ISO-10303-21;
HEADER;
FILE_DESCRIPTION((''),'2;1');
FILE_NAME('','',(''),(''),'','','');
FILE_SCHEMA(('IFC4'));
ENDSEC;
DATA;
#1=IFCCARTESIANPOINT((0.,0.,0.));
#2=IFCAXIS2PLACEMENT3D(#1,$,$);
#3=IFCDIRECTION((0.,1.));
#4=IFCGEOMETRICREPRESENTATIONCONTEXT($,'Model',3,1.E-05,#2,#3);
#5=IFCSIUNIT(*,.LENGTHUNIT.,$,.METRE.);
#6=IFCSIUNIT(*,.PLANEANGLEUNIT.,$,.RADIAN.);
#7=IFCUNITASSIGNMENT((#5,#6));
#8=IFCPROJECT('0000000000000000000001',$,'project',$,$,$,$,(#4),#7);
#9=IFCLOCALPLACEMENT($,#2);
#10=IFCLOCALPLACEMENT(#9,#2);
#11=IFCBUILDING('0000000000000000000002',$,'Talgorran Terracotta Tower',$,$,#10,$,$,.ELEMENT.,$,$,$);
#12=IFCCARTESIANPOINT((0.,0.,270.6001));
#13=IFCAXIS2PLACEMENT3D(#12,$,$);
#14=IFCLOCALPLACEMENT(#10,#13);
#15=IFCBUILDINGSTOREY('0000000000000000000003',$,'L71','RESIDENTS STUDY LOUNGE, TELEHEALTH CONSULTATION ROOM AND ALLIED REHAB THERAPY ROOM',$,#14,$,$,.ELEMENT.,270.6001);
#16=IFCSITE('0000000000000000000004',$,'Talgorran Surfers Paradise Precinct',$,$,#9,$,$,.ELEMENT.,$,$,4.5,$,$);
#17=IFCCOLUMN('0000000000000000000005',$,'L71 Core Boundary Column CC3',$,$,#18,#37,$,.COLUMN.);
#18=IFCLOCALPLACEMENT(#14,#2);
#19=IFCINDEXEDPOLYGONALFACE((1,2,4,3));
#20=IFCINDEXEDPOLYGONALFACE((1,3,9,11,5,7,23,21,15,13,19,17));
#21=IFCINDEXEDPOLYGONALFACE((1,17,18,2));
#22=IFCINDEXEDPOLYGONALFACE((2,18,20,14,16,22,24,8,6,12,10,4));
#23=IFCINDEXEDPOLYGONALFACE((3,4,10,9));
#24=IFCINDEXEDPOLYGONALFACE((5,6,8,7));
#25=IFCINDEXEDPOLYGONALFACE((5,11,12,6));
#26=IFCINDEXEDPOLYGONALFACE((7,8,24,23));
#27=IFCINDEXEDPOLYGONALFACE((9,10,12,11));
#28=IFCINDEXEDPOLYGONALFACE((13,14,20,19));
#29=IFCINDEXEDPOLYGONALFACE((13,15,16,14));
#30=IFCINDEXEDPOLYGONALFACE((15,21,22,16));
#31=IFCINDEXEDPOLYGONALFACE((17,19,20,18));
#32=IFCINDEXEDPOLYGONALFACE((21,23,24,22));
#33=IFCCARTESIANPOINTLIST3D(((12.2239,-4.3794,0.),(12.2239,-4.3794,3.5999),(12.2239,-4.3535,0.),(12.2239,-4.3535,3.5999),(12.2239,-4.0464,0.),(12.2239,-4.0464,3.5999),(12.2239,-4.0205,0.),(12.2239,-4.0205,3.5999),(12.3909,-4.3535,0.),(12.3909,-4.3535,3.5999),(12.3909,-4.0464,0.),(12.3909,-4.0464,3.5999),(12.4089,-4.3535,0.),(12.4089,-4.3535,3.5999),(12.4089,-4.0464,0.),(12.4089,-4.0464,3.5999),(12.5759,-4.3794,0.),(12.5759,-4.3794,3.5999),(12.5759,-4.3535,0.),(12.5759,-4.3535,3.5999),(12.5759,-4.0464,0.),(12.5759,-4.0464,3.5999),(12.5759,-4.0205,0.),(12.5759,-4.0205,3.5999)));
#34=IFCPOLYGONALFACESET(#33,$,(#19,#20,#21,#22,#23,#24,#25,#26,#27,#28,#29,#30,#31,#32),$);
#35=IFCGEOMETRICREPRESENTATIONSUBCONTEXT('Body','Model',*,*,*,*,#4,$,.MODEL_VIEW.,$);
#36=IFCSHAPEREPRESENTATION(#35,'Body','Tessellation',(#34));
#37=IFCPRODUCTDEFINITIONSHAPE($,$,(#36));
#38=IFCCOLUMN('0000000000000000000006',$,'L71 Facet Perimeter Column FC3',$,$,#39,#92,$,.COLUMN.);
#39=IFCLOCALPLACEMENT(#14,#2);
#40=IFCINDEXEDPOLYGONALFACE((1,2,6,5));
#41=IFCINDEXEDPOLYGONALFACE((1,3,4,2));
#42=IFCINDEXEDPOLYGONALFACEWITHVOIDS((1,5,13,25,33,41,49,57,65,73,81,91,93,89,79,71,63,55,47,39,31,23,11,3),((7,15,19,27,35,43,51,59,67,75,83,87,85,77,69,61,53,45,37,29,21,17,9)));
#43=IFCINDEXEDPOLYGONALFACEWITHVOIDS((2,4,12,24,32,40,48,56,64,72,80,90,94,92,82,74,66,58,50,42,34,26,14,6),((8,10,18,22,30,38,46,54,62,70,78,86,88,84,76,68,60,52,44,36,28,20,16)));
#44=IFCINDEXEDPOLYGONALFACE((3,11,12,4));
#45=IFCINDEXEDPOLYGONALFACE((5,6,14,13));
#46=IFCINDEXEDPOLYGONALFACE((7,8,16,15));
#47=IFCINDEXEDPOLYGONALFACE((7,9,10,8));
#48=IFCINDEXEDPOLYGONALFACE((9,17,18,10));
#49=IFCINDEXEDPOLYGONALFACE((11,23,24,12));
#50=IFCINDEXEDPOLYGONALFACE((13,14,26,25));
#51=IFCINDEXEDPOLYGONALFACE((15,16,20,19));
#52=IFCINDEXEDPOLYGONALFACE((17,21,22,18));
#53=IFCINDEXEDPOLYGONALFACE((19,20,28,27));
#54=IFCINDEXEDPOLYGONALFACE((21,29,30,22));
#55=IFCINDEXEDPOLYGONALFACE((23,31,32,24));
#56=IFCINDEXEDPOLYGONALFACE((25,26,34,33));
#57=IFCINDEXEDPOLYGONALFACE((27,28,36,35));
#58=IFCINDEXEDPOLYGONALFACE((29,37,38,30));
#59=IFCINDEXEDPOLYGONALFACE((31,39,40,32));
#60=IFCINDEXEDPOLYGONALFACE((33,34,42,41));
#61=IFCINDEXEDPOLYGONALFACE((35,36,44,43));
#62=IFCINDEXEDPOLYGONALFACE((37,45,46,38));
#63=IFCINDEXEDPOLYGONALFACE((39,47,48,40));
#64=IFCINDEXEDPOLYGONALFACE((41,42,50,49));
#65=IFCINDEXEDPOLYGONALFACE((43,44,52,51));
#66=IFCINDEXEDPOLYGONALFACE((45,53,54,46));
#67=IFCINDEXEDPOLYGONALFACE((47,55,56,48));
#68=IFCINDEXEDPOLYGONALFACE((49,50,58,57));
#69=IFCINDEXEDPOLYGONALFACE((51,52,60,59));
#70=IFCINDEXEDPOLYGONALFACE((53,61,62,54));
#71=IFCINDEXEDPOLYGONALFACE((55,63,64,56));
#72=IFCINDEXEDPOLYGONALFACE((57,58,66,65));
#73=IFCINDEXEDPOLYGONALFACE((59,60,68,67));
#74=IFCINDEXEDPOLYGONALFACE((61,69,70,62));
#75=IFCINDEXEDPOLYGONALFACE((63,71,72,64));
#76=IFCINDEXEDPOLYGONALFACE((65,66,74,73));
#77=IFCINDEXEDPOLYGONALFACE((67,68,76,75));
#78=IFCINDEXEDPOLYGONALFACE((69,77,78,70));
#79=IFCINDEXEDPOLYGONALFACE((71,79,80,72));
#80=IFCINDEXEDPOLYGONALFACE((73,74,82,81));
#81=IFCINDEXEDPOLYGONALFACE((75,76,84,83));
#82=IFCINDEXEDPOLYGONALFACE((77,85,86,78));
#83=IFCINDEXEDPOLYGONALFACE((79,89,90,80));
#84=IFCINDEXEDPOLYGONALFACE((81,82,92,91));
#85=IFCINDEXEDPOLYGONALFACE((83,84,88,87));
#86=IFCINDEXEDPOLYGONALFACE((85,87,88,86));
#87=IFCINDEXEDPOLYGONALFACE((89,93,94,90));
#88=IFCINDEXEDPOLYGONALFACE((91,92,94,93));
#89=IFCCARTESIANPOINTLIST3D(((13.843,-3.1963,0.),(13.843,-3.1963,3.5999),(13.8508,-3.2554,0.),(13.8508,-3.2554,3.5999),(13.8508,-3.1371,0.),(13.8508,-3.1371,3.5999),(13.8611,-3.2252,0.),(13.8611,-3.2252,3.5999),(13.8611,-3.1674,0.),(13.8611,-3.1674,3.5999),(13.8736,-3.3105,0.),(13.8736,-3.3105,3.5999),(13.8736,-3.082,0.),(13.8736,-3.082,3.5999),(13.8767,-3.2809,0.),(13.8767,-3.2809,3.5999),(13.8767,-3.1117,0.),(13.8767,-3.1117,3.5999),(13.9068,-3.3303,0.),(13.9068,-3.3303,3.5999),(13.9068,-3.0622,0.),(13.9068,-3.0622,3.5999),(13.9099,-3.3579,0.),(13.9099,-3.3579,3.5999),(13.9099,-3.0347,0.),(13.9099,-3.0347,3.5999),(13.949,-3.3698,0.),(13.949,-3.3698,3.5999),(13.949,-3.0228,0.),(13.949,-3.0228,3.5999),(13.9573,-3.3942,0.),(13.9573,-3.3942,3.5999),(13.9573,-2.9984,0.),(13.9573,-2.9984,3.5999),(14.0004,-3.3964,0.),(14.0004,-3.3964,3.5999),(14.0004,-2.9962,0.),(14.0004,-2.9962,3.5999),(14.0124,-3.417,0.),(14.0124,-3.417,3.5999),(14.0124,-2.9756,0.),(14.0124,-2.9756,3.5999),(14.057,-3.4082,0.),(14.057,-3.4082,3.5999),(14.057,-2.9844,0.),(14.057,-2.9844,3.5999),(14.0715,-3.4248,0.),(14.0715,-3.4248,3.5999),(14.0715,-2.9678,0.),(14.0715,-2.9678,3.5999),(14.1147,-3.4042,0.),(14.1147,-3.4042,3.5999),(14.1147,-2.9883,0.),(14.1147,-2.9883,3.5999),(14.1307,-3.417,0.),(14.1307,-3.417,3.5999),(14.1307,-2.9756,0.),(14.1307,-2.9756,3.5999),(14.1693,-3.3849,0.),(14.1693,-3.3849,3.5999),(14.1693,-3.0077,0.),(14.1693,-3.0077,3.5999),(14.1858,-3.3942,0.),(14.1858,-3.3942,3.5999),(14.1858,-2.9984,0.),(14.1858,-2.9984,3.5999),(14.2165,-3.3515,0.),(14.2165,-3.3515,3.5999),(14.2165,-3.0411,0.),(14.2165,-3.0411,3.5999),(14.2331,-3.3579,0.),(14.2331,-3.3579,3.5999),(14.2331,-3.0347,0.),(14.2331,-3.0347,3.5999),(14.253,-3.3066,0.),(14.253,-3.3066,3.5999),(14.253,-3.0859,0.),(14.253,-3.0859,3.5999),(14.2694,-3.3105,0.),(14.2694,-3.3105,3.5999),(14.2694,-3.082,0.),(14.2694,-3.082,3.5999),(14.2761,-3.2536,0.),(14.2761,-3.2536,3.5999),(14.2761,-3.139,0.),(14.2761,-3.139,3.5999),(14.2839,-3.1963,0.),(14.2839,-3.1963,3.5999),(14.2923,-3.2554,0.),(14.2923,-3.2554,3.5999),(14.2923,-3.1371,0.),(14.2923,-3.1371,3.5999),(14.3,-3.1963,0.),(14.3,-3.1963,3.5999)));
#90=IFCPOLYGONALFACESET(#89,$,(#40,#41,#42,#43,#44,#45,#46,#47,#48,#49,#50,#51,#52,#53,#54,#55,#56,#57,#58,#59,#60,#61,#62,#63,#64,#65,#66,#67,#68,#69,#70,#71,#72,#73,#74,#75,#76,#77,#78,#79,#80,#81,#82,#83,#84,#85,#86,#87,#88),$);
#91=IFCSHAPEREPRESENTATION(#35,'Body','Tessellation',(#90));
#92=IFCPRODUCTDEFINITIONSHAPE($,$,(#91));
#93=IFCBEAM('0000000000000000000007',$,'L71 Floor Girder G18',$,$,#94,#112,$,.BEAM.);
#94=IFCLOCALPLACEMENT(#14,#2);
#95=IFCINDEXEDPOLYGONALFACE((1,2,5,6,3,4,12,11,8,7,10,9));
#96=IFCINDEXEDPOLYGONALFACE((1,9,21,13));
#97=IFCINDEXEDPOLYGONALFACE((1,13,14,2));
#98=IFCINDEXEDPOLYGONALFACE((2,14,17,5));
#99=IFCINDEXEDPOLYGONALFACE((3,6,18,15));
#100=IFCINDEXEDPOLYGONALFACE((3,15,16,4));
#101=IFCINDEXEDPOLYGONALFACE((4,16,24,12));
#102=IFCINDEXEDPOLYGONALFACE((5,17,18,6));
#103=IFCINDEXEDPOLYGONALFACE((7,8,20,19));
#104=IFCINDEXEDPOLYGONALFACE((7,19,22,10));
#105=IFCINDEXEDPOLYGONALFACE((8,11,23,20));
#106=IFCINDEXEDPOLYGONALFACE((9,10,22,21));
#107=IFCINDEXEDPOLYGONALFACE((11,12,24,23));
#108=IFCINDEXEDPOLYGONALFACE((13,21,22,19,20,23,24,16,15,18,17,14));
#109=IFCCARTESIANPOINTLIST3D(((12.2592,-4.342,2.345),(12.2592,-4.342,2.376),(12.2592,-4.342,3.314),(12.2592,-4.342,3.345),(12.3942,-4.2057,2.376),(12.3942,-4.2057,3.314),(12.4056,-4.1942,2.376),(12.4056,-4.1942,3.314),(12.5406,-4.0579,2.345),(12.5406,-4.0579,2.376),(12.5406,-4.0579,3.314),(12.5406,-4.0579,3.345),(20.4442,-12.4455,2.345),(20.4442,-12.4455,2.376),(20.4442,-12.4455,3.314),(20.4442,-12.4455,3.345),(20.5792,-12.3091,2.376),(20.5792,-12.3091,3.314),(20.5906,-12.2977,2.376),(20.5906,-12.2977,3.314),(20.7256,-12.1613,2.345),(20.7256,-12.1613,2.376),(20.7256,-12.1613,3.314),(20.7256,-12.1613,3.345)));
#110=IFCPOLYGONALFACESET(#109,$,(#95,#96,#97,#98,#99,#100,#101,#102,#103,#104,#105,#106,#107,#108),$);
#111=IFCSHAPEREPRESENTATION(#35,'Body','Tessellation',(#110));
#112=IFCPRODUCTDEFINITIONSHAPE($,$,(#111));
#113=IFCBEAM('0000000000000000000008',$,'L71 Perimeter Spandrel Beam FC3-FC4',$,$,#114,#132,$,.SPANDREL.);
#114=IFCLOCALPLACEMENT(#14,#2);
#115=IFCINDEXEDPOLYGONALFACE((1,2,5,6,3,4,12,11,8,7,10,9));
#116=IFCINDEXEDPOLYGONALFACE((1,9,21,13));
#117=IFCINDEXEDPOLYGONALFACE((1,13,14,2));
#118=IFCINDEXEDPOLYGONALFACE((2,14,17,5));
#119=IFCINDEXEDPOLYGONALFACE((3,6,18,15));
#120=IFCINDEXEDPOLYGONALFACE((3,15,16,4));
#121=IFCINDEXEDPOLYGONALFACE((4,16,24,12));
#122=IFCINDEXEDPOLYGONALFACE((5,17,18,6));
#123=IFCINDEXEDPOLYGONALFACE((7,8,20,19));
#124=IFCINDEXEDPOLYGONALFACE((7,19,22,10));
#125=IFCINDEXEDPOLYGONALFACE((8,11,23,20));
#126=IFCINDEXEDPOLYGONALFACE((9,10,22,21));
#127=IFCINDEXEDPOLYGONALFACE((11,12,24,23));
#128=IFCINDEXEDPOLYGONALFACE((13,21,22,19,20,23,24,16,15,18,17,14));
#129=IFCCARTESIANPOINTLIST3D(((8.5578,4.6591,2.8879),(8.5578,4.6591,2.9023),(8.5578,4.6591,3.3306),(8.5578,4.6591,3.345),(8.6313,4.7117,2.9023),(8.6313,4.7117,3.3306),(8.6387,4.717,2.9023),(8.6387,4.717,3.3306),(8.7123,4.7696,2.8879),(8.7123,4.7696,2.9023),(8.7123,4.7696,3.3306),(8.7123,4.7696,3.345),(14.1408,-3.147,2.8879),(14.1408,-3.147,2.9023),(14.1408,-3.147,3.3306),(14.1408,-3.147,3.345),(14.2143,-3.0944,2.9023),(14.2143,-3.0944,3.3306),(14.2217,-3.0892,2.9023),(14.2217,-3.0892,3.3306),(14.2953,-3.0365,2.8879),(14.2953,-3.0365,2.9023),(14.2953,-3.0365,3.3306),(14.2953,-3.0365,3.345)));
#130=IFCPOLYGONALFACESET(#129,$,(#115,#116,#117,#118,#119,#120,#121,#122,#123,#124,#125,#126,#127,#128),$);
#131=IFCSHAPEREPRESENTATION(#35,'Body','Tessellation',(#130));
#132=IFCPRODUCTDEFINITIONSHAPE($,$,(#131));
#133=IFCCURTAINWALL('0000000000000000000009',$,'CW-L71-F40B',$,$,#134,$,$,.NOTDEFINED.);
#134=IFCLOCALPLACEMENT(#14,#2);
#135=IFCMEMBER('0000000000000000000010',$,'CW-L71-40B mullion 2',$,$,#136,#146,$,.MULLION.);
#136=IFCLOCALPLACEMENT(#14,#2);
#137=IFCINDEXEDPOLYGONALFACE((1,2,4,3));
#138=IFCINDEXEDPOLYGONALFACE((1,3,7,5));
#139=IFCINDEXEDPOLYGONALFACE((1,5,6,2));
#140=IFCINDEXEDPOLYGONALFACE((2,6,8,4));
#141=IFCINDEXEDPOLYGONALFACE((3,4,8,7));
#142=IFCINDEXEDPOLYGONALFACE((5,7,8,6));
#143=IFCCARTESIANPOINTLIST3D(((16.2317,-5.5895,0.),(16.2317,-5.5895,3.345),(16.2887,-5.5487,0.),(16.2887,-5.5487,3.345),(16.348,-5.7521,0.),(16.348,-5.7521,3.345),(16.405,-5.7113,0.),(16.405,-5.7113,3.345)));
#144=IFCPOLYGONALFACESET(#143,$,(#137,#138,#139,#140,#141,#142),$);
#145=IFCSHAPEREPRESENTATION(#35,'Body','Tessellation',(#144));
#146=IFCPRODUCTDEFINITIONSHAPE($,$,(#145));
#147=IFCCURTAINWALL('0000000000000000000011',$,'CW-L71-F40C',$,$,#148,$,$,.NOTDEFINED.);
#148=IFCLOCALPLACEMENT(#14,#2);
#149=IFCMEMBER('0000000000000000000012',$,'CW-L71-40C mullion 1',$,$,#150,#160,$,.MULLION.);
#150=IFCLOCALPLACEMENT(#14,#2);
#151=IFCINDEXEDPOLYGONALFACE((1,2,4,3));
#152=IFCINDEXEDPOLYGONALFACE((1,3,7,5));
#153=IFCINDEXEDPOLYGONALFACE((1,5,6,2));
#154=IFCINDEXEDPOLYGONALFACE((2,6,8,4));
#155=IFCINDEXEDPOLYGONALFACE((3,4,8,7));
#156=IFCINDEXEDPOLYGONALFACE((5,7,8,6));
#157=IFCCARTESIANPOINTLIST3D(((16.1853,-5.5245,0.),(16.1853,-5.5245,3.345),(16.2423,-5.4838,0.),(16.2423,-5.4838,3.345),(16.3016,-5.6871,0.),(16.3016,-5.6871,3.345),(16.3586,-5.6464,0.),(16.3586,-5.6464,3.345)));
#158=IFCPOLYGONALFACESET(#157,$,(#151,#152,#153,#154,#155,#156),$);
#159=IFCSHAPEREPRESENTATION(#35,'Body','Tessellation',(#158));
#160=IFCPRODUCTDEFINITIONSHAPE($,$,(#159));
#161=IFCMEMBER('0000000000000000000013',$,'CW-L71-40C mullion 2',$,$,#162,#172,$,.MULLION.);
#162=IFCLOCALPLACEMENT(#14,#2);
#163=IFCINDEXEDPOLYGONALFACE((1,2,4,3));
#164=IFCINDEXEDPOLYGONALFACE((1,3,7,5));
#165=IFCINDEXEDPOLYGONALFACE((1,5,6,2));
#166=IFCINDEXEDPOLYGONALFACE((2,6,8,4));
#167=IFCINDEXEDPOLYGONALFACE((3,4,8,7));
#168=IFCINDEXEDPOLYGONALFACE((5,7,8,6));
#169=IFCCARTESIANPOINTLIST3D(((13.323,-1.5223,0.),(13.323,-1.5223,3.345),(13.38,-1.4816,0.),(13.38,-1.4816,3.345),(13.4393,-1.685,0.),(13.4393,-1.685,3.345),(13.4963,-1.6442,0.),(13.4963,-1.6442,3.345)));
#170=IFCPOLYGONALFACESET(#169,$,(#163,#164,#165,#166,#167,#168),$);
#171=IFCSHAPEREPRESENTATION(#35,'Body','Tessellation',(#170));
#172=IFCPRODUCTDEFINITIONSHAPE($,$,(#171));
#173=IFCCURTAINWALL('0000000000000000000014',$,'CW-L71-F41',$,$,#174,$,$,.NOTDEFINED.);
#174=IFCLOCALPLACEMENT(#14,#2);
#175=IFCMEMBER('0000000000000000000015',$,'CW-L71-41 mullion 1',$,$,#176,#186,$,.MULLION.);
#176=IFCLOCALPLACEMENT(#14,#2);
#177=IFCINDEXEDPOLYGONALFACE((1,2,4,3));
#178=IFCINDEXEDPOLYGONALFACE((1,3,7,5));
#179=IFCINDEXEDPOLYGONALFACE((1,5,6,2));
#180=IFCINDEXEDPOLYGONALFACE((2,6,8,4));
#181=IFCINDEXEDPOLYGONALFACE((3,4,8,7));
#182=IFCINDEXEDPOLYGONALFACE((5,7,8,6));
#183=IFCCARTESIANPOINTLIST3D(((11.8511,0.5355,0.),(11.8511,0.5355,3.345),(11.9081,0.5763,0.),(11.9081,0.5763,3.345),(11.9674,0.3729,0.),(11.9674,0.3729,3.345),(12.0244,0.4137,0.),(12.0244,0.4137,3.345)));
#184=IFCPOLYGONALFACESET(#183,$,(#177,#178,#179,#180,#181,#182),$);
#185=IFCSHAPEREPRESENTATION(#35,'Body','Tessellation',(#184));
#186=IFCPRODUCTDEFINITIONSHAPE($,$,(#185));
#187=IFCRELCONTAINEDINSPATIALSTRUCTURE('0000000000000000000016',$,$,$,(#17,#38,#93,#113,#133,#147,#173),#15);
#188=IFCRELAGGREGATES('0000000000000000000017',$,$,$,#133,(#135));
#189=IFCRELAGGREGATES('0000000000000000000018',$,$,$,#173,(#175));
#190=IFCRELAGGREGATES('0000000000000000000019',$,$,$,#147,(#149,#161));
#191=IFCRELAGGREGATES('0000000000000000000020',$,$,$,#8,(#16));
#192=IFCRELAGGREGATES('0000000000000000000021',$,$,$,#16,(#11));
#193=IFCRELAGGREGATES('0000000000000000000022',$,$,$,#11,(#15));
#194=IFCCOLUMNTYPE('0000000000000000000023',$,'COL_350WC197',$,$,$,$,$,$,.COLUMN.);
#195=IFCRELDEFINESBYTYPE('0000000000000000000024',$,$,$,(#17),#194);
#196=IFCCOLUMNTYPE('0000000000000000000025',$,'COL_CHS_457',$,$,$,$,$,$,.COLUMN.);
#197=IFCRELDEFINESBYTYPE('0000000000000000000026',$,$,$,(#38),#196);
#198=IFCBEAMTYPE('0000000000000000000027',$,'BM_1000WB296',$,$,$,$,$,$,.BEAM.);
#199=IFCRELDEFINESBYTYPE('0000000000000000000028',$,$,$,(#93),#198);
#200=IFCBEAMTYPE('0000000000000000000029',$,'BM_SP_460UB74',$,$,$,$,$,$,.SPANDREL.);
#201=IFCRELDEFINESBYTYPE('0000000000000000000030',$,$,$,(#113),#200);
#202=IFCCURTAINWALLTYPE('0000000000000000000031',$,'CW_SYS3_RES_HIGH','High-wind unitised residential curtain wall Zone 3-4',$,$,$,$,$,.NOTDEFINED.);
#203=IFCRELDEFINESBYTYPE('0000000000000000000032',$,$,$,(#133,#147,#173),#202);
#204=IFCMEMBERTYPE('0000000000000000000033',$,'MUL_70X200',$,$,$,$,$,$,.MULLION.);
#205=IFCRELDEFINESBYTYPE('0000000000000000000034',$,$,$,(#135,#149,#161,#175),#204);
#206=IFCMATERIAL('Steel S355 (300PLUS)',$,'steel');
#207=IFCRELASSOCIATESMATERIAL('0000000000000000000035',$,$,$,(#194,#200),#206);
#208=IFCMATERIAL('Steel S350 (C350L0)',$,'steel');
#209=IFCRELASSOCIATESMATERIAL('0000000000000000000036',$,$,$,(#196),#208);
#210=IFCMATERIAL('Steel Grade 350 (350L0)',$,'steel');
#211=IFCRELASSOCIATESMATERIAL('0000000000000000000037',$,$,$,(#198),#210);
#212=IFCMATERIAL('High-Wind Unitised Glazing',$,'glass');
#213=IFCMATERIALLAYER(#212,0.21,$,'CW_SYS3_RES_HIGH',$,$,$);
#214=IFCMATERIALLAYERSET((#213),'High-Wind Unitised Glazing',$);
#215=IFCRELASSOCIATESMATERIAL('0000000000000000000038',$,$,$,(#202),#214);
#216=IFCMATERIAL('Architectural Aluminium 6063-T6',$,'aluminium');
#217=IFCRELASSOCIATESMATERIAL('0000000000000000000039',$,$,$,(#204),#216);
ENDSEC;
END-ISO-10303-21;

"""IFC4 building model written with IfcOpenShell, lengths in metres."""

from ifc_helpers import new_model, si_unit, direction, frame, origin, origin_2d, place, context, subcontext, project, spatial, rectangle, hollow_circle, i_section, extrude, material, layer, layer_set, material_profile, profile_set, type_object, element, aggregate, save


model = new_model("IFC4")

# Units and contexts
model_context = context("Model", 3, precision=1e-05, world=origin(), true_north=direction((0.0, 1.0)))
body_context = subcontext(model_context, "Body", "Model", "MODEL_VIEW")
ifc_project = project(units=[si_unit("LENGTHUNIT", "METRE"), si_unit("PLANEANGLEUNIT", "RADIAN")], contexts=[model_context])

# Site, building, storey
site_placement = place(None, origin())
site = spatial("IfcSite", under=ifc_project, at=site_placement, Name="Talgorran Surfers Paradise Precinct", CompositionType="ELEMENT", RefElevation=4.5)
building_placement = place(site_placement, origin())
building = spatial("IfcBuilding", under=site, at=building_placement, Name="Talgorran Terracotta Tower", CompositionType="ELEMENT")
storey_placement = place(building_placement, frame((0.0, 0.0, 270.6001)))
storey = spatial("IfcBuildingStorey", under=building, at=storey_placement, Name="L71", Description="RESIDENTS STUDY LOUNGE, TELEHEALTH CONSULTATION ROOM AND ALLIED REHAB THERAPY ROOM", CompositionType="ELEMENT", Elevation=270.6001)

# Columns
ifc_material_1 = material(Name="Steel S355 (300PLUS)", Category="steel")
ifc_material_profile_1 = material_profile(ifc_material_1, i_section(OverallWidth=0.3521, OverallDepth=0.3589, WebThickness=0.0181, FlangeThickness=0.0259, at=origin_2d()), Name="350WC197")
ifc_profile_set_1 = profile_set([ifc_material_profile_1], Name="Steel S355 (300PLUS)")
column_type_1 = type_object("IfcColumnType", Name="COL_350WC197", PredefinedType="COLUMN", material=ifc_profile_set_1)
column_1_placement = place(storey_placement, frame((12.3999, -4.2, 0.0), z_axis=(0.0, 0.0, 1.0), x_axis=(1.0, 0.0, 0.0)))
element("IfcColumn", 1, at=column_1_placement, inside=storey, type_object=column_type_1, Name="L71 Core Boundary Column CC3", PredefinedType="COLUMN", context=body_context, shape_type="SweptSolid", body=[
    extrude(i_section(OverallWidth=0.3521, OverallDepth=0.3589, WebThickness=0.0181, FlangeThickness=0.0259, at=origin_2d()), origin(), (0.0, 0.0, 1.0), 3.5999),
])
ifc_material_2 = material(Name="Steel S350 (C350L0)", Category="steel")
ifc_material_profile_2 = material_profile(ifc_material_2, hollow_circle(Radius=0.2285, WallThickness=0.0161, at=origin_2d()), Name="CHS457X16")
ifc_profile_set_2 = profile_set([ifc_material_profile_2], Name="Steel S350 (C350L0)")
column_type_2 = type_object("IfcColumnType", Name="COL_CHS_457", PredefinedType="COLUMN", material=ifc_profile_set_2)
column_2_placement = place(storey_placement, frame((14.0715, -3.1963, 0.0), z_axis=(0.0, 0.0, 1.0), x_axis=(1.0, 0.0, 0.0)))
element("IfcColumn", 2, at=column_2_placement, inside=storey, type_object=column_type_2, Name="L71 Facet Perimeter Column FC3", PredefinedType="COLUMN", context=body_context, shape_type="SweptSolid", body=[
    extrude(hollow_circle(Radius=0.2285, WallThickness=0.0161, at=origin_2d()), origin(), (0.0, 0.0, 1.0), 3.5999),
])

# Beams
ifc_material_3 = material(Name="Steel Grade 350 (350L0)", Category="steel")
ifc_material_profile_3 = material_profile(ifc_material_3, i_section(OverallWidth=0.3999, OverallDepth=1.0, WebThickness=0.0161, FlangeThickness=0.031, at=origin_2d()), Name="1000WB296")
ifc_profile_set_3 = profile_set([ifc_material_profile_3], Name="Steel Grade 350 (350L0)")
beam_type_1 = type_object("IfcBeamType", Name="BM_1000WB296", PredefinedType="BEAM", material=ifc_profile_set_3)
beam_1_placement = place(storey_placement, frame((12.3999, -4.2, 2.845), z_axis=(0.710638, -0.703558, 0.0), x_axis=(0.703558, 0.710638, 0.0)))
element("IfcBeam", 3, at=beam_1_placement, inside=storey, type_object=beam_type_1, Name="L71 Floor Girder G18", PredefinedType="BEAM", context=body_context, shape_type="SweptSolid", body=[
    extrude(i_section(OverallWidth=0.3999, OverallDepth=1.0, WebThickness=0.0161, FlangeThickness=0.031, at=origin_2d()), origin(), (0.0, 0.0, 1.0), 11.5178),
])
ifc_material_profile_4 = material_profile(ifc_material_1, i_section(OverallWidth=0.1899, OverallDepth=0.457, WebThickness=0.009, FlangeThickness=0.0144, at=origin_2d()), Name="460UB74.6")
ifc_profile_set_4 = profile_set([ifc_material_profile_4], Name="Steel S355 (300PLUS)")
beam_type_2 = type_object("IfcBeamType", Name="BM_SP_460UB74", PredefinedType="SPANDREL", material=ifc_profile_set_4)
beam_2_placement = place(storey_placement, frame((14.218, -3.0918, 3.1165), z_axis=(-0.581734, 0.813379, 0.0), x_axis=(-0.813379, -0.581734, 0.0)))
element("IfcBeam", 4, at=beam_2_placement, inside=storey, type_object=beam_type_2, Name="L71 Perimeter Spandrel Beam FC3-FC4", PredefinedType="SPANDREL", context=body_context, shape_type="SweptSolid", body=[
    extrude(i_section(OverallWidth=0.1899, OverallDepth=0.457, WebThickness=0.009, FlangeThickness=0.0144, at=origin_2d()), origin(), (0.0, 0.0, 1.0), 9.5972),
])

# Curtain wall, member
ifc_material_4 = material(Name="High-Wind Unitised Glazing", Category="glass")
ifc_layer_1 = layer(ifc_material_4, 0.21, Name="CW_SYS3_RES_HIGH")
ifc_layer_set_1 = layer_set([ifc_layer_1], Name="High-Wind Unitised Glazing")
curtain_wall_type = type_object("IfcCurtainWallType", Name="CW_SYS3_RES_HIGH", Description="High-wind unitised residential curtain wall Zone 3-4", PredefinedType="NOTDEFINED", material=ifc_layer_set_1)
curtain_wall_1_placement = place(storey_placement, origin())
curtain_wall_1 = element("IfcCurtainWall", 5, at=curtain_wall_1_placement, inside=storey, type_object=curtain_wall_type, Name="CW-L71-F40B", PredefinedType="NOTDEFINED")
ifc_material_5 = material(Name="Architectural Aluminium 6063-T6", Category="aluminium")
ifc_material_profile_5 = material_profile(ifc_material_5, rectangle(XDim=0.0701, YDim=0.2, at=origin_2d()), Name="CWM70X200")
ifc_profile_set_5 = profile_set([ifc_material_profile_5], Name="Architectural Aluminium 6063-T6")
member_type_1 = type_object("IfcMemberType", Name="MUL_70X200", PredefinedType="MULLION", material=ifc_profile_set_5)
member_1_placement = place(storey_placement, frame((16.3184, -5.6504, 0.0), z_axis=(0.0, 0.0, 1.0), x_axis=(-0.813388, -0.581722, 0.0)))
member_1 = element("IfcMember", 6, at=member_1_placement, type_object=member_type_1, Name="CW-L71-40B mullion 2", PredefinedType="MULLION", context=body_context, shape_type="SweptSolid", body=[
    extrude(rectangle(XDim=0.0701, YDim=0.2, at=origin_2d()), origin(), (0.0, 0.0, 1.0), 3.345),
])
aggregate(curtain_wall_1, [member_1])

# Curtain wall, members
curtain_wall_2_placement = place(storey_placement, origin())
curtain_wall_2 = element("IfcCurtainWall", 7, at=curtain_wall_2_placement, inside=storey, type_object=curtain_wall_type, Name="CW-L71-F40C", PredefinedType="NOTDEFINED")
member_2_placement = place(storey_placement, frame((16.272, -5.5854, 0.0), z_axis=(0.0, 0.0, 1.0), x_axis=(-0.813379, -0.581735, 0.0)))
member_2 = element("IfcMember", 8, at=member_2_placement, type_object=member_type_1, Name="CW-L71-40C mullion 1", PredefinedType="MULLION", context=body_context, shape_type="SweptSolid", body=[
    extrude(rectangle(XDim=0.0701, YDim=0.2, at=origin_2d()), origin(), (0.0, 0.0, 1.0), 3.345),
])
member_3_placement = place(storey_placement, frame((13.4097, -1.5833, 0.0), z_axis=(0.0, 0.0, 1.0), x_axis=(-0.813379, -0.581735, 0.0)))
member_3 = element("IfcMember", 9, at=member_3_placement, type_object=member_type_1, Name="CW-L71-40C mullion 2", PredefinedType="MULLION", context=body_context, shape_type="SweptSolid", body=[
    extrude(rectangle(XDim=0.0701, YDim=0.2, at=origin_2d()), origin(), (0.0, 0.0, 1.0), 3.345),
])

# Curtain wall, member
curtain_wall_3_placement = place(storey_placement, origin())
curtain_wall_3 = element("IfcCurtainWall", 10, at=curtain_wall_3_placement, inside=storey, type_object=curtain_wall_type, Name="CW-L71-F41", PredefinedType="NOTDEFINED")
member_4_placement = place(storey_placement, frame((11.9377, 0.4746, 0.0), z_axis=(0.0, 0.0, 1.0), x_axis=(-0.813382, -0.58173, 0.0)))
member_4 = element("IfcMember", 11, at=member_4_placement, type_object=member_type_1, Name="CW-L71-41 mullion 1", PredefinedType="MULLION", context=body_context, shape_type="SweptSolid", body=[
    extrude(rectangle(XDim=0.0701, YDim=0.2, at=origin_2d()), origin(), (0.0, 0.0, 1.0), 3.345),
])

aggregate(curtain_wall_3, [member_4])

aggregate(curtain_wall_2, [member_2, member_3])

save(model, "model.ifc")
